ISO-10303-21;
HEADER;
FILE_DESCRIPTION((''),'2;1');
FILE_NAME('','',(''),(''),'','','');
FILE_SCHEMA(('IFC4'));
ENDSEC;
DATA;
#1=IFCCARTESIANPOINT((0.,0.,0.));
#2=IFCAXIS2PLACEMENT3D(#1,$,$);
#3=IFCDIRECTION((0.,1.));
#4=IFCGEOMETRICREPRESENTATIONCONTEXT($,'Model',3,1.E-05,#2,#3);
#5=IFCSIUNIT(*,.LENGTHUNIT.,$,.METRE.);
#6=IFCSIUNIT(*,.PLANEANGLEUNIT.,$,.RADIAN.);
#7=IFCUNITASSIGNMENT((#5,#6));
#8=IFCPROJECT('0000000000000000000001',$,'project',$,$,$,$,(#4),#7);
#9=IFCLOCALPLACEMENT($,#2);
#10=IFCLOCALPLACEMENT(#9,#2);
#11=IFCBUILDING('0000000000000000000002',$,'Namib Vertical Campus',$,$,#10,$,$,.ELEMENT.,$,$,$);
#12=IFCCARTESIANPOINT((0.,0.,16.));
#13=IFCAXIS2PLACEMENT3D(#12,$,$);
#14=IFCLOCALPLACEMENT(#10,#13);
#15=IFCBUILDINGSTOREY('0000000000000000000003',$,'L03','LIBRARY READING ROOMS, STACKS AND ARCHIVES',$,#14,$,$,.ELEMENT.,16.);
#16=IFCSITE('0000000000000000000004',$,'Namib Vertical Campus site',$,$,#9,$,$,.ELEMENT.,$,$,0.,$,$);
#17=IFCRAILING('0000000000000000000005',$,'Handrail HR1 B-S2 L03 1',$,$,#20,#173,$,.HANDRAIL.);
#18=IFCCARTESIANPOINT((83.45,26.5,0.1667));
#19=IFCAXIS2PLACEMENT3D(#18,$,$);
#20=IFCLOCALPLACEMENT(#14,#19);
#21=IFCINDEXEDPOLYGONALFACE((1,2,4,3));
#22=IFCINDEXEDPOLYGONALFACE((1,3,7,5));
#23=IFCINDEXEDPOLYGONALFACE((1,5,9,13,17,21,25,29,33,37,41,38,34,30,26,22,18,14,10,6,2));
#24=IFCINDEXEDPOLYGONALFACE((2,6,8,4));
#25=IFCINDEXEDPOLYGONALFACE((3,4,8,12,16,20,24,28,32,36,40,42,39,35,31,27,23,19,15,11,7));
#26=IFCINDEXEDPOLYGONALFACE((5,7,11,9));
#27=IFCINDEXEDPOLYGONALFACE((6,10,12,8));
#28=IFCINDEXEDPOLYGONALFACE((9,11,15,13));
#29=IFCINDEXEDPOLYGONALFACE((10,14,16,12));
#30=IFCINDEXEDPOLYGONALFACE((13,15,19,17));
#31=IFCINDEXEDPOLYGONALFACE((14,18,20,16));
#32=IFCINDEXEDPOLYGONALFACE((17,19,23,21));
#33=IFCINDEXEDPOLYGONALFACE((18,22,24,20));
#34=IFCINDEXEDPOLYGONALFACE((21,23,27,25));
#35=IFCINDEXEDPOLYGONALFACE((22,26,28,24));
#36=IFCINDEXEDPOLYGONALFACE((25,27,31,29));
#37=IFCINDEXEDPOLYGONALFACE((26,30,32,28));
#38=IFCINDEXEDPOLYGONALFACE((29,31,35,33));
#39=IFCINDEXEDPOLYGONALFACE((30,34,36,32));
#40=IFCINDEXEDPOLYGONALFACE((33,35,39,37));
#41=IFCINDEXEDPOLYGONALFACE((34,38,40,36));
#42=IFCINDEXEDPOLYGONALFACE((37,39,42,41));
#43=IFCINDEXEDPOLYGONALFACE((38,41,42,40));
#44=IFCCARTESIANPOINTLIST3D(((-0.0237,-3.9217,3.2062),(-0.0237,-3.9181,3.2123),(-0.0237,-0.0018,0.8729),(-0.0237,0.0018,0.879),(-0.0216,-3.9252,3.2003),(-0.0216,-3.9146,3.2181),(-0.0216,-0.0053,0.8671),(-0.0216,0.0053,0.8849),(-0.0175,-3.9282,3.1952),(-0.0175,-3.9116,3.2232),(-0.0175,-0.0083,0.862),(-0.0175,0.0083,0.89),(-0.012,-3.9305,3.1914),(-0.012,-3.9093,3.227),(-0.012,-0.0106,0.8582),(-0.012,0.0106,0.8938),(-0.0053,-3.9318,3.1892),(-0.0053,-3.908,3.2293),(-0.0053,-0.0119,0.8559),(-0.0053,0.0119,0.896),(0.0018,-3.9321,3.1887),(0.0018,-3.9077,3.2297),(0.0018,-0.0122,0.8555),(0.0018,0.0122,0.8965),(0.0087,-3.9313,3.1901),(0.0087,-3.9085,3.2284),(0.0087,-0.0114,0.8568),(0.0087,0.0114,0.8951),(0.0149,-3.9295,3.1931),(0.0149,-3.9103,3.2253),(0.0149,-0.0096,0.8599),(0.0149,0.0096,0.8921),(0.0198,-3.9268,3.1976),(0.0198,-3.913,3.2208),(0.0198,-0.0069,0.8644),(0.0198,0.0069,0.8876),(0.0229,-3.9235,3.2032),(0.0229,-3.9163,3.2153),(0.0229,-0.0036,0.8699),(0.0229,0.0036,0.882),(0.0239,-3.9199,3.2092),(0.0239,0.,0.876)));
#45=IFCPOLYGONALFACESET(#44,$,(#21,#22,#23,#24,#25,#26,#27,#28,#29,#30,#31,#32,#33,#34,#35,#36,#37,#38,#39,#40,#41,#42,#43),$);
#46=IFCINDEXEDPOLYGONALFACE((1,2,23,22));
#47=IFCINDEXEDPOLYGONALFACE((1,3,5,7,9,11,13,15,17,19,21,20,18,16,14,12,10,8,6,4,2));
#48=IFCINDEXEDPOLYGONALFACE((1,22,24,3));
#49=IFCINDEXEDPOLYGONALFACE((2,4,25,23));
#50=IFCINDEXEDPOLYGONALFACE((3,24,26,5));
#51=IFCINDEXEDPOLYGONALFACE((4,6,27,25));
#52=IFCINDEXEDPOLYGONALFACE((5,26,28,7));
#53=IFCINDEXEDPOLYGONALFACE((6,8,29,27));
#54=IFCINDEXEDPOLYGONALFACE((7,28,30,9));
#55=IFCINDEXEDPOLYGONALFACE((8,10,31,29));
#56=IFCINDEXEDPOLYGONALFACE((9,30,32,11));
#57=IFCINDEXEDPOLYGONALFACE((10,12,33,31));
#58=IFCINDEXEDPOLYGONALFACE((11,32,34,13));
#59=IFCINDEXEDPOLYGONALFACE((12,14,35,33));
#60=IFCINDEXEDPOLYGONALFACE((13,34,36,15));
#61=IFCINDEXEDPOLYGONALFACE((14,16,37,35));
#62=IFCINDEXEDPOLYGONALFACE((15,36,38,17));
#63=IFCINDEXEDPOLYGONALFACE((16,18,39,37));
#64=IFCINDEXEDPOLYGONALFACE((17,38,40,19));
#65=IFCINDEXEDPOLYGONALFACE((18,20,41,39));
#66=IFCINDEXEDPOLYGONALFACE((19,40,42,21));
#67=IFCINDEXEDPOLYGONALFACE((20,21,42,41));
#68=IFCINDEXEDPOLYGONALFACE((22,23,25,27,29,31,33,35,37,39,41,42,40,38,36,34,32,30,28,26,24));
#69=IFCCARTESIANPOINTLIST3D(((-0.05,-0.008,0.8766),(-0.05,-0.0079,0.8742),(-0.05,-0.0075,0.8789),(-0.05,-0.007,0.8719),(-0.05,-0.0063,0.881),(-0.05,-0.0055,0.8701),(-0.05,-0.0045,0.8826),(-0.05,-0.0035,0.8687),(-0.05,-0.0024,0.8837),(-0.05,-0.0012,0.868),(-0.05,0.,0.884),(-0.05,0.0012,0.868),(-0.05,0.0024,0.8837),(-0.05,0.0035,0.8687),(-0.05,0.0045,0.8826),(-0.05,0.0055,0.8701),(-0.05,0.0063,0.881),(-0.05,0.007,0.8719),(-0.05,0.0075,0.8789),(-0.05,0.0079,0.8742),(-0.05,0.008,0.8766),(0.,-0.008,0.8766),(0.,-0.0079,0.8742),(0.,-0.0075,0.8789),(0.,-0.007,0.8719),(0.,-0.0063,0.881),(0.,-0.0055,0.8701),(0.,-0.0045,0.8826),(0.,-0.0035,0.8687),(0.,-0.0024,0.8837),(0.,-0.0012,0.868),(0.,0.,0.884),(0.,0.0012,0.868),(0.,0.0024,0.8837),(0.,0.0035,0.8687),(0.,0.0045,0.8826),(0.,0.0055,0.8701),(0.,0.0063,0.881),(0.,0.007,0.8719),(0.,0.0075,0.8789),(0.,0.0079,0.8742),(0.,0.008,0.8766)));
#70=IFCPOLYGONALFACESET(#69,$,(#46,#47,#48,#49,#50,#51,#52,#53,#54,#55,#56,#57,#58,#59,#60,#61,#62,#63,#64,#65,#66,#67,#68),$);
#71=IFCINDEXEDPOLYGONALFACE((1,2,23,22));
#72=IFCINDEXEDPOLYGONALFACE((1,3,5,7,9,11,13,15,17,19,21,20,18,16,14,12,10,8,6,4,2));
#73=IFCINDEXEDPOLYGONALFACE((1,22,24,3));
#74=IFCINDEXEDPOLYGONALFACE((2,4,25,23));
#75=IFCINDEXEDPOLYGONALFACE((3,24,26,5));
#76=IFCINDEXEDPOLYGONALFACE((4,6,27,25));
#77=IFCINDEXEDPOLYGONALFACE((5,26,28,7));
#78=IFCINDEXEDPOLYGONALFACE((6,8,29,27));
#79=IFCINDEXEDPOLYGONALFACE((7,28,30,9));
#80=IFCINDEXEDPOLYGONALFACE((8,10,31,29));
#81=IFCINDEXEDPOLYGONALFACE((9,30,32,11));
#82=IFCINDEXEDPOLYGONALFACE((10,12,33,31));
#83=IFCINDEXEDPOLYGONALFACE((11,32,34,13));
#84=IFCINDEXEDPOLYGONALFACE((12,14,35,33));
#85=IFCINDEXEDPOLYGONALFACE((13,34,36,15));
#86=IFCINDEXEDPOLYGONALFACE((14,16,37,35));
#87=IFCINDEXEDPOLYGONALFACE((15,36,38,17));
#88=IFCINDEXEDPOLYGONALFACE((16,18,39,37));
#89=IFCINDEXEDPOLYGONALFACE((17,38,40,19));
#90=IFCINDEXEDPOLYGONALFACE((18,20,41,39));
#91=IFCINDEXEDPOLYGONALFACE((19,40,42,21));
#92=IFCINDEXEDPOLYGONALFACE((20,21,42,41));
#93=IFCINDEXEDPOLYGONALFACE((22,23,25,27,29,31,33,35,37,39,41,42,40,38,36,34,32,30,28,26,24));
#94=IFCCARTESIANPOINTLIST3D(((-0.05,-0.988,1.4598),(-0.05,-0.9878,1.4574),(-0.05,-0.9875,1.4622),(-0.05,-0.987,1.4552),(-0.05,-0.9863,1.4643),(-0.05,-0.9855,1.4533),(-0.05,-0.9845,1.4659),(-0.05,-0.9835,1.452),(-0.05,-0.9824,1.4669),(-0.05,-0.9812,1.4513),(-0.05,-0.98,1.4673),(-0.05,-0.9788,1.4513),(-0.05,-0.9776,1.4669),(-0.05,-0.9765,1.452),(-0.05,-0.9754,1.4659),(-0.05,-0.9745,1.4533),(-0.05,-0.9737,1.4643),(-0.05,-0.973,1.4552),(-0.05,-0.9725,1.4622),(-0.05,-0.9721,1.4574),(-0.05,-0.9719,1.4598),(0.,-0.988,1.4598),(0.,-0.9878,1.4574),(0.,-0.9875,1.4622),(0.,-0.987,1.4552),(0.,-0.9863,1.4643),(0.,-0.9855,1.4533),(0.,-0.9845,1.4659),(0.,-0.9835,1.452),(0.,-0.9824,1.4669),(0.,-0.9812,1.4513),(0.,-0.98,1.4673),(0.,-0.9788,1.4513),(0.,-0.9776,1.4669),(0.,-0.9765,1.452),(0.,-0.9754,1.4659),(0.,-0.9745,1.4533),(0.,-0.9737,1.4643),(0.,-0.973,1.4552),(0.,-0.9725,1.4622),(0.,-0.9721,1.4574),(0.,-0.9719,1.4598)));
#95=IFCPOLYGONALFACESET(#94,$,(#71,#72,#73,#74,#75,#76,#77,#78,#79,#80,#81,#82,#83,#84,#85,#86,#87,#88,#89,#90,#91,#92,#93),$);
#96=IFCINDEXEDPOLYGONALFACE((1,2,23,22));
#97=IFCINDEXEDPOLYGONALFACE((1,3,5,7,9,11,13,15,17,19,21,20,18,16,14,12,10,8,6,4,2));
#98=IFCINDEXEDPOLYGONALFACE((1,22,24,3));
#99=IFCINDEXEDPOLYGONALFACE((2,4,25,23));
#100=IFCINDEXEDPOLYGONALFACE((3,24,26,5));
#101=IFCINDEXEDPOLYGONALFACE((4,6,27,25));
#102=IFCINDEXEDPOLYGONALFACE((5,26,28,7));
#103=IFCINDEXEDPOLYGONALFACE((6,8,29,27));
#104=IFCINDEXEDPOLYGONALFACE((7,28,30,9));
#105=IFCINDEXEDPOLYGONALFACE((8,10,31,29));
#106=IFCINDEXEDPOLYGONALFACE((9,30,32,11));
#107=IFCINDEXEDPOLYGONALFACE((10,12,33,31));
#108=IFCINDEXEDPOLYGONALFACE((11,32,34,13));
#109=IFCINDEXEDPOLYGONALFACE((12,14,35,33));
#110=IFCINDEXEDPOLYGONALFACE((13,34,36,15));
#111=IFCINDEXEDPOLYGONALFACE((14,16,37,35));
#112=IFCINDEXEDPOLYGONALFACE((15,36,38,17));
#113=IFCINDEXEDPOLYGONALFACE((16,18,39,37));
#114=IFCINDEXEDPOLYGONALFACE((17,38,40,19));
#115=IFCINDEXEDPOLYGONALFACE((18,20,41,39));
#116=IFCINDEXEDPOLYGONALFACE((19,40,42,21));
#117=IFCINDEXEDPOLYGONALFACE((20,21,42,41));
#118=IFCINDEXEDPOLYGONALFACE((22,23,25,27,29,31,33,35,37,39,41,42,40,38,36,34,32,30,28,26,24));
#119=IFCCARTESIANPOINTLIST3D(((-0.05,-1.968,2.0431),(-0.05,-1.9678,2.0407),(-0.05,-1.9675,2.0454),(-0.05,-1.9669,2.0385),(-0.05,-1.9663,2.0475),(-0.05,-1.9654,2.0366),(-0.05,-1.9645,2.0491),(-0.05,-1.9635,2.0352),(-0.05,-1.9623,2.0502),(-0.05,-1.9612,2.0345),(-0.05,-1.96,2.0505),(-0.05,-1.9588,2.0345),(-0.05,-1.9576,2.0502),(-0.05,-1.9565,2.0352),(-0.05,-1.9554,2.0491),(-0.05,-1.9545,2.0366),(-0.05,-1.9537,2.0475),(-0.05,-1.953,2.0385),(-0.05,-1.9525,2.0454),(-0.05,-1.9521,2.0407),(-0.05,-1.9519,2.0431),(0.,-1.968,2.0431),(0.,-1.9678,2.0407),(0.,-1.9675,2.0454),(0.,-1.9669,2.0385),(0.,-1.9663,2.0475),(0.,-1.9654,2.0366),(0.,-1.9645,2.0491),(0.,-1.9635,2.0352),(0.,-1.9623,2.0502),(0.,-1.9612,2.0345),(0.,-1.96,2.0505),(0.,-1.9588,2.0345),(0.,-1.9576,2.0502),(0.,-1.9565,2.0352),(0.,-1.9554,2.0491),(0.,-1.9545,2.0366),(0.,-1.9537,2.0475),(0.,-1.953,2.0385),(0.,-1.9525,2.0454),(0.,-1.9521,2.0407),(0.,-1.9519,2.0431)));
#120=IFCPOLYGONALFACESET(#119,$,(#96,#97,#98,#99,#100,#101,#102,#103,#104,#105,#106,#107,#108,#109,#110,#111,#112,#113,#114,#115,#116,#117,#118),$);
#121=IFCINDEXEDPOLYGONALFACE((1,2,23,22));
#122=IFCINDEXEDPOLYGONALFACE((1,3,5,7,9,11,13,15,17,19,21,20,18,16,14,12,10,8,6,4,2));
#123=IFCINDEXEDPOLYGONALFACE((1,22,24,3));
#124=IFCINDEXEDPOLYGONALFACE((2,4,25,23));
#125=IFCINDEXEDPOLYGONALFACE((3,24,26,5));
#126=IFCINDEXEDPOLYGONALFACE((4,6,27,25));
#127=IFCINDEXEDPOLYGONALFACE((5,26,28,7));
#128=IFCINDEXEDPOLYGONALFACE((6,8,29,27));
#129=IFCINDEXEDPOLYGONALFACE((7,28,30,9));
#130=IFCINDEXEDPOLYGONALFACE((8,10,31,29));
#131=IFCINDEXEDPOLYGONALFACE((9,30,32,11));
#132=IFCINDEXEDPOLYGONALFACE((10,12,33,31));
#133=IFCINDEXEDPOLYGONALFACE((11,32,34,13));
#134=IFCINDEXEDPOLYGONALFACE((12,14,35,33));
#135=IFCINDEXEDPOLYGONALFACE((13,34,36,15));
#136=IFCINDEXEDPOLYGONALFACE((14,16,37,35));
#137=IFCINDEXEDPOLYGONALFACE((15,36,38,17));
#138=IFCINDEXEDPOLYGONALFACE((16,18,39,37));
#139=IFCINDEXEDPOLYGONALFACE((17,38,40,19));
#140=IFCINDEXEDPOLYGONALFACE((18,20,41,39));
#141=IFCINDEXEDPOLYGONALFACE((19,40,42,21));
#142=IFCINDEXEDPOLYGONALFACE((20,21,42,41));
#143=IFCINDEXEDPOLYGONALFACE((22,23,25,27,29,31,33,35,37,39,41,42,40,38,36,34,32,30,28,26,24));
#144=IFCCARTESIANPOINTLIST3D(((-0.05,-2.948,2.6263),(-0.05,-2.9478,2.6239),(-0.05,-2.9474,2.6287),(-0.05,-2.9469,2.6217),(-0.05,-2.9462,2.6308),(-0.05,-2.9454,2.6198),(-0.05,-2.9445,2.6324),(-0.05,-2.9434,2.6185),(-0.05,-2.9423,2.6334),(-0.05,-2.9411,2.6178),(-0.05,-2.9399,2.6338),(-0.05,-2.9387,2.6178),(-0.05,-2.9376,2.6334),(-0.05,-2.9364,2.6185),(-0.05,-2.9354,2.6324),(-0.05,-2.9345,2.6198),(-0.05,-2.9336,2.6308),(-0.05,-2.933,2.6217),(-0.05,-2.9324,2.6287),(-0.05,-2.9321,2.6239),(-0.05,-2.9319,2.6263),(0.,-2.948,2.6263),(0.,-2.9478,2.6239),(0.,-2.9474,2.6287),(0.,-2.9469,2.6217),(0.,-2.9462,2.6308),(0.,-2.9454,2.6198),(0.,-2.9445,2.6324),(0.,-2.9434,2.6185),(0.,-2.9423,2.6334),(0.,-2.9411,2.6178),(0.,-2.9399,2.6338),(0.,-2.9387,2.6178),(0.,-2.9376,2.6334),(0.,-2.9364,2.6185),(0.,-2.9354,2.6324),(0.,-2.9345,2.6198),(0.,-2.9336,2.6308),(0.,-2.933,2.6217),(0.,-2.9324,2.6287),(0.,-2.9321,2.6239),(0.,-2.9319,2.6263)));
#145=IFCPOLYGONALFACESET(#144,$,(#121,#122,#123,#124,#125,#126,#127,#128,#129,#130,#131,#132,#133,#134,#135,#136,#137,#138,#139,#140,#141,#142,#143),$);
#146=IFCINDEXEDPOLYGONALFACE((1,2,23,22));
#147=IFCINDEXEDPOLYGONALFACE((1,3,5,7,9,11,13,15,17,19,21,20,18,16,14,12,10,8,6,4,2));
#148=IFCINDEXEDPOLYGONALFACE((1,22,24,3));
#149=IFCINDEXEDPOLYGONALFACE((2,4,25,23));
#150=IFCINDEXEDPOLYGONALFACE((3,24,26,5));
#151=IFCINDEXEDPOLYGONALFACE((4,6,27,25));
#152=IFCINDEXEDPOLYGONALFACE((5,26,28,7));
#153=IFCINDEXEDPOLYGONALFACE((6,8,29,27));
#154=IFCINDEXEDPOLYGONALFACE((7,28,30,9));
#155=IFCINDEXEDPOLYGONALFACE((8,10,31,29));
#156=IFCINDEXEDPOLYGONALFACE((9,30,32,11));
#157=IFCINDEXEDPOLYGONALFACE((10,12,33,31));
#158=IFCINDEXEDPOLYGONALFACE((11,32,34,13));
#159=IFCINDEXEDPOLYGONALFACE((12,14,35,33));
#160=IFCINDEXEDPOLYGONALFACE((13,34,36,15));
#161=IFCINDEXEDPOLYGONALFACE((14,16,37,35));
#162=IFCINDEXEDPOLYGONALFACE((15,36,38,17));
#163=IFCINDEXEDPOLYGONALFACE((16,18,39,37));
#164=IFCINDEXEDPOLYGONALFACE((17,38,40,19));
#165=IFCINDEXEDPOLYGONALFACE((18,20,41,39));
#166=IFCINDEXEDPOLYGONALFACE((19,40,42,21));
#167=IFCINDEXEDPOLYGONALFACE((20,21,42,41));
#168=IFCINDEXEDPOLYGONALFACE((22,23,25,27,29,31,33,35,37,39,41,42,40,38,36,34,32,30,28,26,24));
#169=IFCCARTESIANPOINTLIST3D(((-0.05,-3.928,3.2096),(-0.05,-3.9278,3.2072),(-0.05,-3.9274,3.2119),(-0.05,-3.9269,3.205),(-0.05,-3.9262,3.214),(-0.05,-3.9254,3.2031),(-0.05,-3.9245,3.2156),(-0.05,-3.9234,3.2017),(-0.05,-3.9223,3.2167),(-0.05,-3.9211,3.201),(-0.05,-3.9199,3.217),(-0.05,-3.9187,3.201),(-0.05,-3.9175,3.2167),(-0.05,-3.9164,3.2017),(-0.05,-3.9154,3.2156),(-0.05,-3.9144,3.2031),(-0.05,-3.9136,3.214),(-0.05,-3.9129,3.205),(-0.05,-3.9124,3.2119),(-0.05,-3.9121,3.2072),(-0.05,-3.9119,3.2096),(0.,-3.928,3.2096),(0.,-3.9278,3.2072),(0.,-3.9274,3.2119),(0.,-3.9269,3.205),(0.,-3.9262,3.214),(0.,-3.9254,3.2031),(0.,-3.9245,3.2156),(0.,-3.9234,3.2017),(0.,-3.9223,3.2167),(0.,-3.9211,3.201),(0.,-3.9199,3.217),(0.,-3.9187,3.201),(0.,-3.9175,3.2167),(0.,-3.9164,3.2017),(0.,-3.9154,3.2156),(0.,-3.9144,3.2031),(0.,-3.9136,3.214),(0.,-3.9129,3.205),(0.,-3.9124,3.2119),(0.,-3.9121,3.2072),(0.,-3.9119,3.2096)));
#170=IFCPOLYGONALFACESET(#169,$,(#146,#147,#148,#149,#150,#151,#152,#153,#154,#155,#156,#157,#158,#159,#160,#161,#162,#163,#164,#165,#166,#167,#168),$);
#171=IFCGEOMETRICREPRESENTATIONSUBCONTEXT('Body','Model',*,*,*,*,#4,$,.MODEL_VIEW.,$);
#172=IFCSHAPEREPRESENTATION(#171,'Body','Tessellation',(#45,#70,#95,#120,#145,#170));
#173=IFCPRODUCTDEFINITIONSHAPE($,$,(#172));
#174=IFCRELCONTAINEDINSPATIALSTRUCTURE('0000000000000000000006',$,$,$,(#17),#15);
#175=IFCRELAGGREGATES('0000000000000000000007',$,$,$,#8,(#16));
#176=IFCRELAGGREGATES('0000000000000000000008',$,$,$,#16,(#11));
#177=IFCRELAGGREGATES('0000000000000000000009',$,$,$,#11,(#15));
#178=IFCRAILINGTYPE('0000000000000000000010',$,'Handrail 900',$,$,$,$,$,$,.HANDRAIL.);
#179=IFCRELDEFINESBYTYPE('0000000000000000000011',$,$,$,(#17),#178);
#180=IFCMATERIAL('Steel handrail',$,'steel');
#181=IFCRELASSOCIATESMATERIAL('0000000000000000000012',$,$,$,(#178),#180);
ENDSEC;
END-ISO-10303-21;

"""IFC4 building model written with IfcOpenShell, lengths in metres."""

from ifc_helpers import new_model, si_unit, direction, frame, origin, origin_2d, place, context, subcontext, project, spatial, circle, extrude, material, type_object, element, save


model = new_model("IFC4")

# Units and contexts
model_context = context("Model", 3, precision=1e-05, world=origin(), true_north=direction((0.0, 1.0)))
body_context = subcontext(model_context, "Body", "Model", "MODEL_VIEW")
ifc_project = project(units=[si_unit("LENGTHUNIT", "METRE"), si_unit("PLANEANGLEUNIT", "RADIAN")], contexts=[model_context])

# Site, building, storey
site_placement = place(None, origin())
site = spatial("IfcSite", under=ifc_project, at=site_placement, Name="Namib Vertical Campus site", CompositionType="ELEMENT", RefElevation=0.0)
building_placement = place(site_placement, origin())
building = spatial("IfcBuilding", under=site, at=building_placement, Name="Namib Vertical Campus", CompositionType="ELEMENT")
storey_placement = place(building_placement, frame((0.0, 0.0, 16.0)))
storey = spatial("IfcBuildingStorey", under=building, at=storey_placement, Name="L03", Description="LIBRARY READING ROOMS, STACKS AND ARCHIVES", CompositionType="ELEMENT", Elevation=16.0)

# Railing
ifc_material_1 = material(Name="Steel handrail", Category="steel")
railing_type_1 = type_object("IfcRailingType", Name="Handrail 900", PredefinedType="HANDRAIL", material=ifc_material_1)
railing_1_placement = place(storey_placement, frame((83.45, 26.5, 0.1667)))
element("IfcRailing", 1, at=railing_1_placement, inside=storey, type_object=railing_type_1, Name="Handrail HR1 B-S2 L03 1", PredefinedType="HANDRAIL", context=body_context, shape_type="SweptSolid", body=[
    extrude(circle(Radius=0.0239, at=origin_2d()), frame((0.0, 0.0, 0.876), z_axis=(0.0, -0.859296, 0.511478), x_axis=(1.0, 0.0, 0.0)), (0.0, 0.0, 1.0), 4.5618),
    extrude(circle(Radius=0.0081, at=origin_2d()), frame((0.0, 0.0, 0.876), z_axis=(-1.0, 0.0, 0.0), x_axis=(0.0, 0.0, 1.0)), (0.0, 0.0, 1.0), 0.05),
    extrude(circle(Radius=0.0081, at=origin_2d()), frame((0.0, -0.98, 1.4592), z_axis=(-1.0, 0.0, 0.0), x_axis=(0.0, 0.0, 1.0)), (0.0, 0.0, 1.0), 0.05),
    extrude(circle(Radius=0.0081, at=origin_2d()), frame((0.0, -1.96, 2.0425), z_axis=(-1.0, 0.0, 0.0), x_axis=(0.0, 0.0, 1.0)), (0.0, 0.0, 1.0), 0.05),
    extrude(circle(Radius=0.0081, at=origin_2d()), frame((0.0, -2.9399, 2.6257), z_axis=(-1.0, 0.0, 0.0), x_axis=(0.0, 0.0, 1.0)), (0.0, 0.0, 1.0), 0.05),
    extrude(circle(Radius=0.0081, at=origin_2d()), frame((0.0, -3.9199, 3.209), z_axis=(-1.0, 0.0, 0.0), x_axis=(0.0, 0.0, 1.0)), (0.0, 0.0, 1.0), 0.05),
])

save(model, "model.ifc")
